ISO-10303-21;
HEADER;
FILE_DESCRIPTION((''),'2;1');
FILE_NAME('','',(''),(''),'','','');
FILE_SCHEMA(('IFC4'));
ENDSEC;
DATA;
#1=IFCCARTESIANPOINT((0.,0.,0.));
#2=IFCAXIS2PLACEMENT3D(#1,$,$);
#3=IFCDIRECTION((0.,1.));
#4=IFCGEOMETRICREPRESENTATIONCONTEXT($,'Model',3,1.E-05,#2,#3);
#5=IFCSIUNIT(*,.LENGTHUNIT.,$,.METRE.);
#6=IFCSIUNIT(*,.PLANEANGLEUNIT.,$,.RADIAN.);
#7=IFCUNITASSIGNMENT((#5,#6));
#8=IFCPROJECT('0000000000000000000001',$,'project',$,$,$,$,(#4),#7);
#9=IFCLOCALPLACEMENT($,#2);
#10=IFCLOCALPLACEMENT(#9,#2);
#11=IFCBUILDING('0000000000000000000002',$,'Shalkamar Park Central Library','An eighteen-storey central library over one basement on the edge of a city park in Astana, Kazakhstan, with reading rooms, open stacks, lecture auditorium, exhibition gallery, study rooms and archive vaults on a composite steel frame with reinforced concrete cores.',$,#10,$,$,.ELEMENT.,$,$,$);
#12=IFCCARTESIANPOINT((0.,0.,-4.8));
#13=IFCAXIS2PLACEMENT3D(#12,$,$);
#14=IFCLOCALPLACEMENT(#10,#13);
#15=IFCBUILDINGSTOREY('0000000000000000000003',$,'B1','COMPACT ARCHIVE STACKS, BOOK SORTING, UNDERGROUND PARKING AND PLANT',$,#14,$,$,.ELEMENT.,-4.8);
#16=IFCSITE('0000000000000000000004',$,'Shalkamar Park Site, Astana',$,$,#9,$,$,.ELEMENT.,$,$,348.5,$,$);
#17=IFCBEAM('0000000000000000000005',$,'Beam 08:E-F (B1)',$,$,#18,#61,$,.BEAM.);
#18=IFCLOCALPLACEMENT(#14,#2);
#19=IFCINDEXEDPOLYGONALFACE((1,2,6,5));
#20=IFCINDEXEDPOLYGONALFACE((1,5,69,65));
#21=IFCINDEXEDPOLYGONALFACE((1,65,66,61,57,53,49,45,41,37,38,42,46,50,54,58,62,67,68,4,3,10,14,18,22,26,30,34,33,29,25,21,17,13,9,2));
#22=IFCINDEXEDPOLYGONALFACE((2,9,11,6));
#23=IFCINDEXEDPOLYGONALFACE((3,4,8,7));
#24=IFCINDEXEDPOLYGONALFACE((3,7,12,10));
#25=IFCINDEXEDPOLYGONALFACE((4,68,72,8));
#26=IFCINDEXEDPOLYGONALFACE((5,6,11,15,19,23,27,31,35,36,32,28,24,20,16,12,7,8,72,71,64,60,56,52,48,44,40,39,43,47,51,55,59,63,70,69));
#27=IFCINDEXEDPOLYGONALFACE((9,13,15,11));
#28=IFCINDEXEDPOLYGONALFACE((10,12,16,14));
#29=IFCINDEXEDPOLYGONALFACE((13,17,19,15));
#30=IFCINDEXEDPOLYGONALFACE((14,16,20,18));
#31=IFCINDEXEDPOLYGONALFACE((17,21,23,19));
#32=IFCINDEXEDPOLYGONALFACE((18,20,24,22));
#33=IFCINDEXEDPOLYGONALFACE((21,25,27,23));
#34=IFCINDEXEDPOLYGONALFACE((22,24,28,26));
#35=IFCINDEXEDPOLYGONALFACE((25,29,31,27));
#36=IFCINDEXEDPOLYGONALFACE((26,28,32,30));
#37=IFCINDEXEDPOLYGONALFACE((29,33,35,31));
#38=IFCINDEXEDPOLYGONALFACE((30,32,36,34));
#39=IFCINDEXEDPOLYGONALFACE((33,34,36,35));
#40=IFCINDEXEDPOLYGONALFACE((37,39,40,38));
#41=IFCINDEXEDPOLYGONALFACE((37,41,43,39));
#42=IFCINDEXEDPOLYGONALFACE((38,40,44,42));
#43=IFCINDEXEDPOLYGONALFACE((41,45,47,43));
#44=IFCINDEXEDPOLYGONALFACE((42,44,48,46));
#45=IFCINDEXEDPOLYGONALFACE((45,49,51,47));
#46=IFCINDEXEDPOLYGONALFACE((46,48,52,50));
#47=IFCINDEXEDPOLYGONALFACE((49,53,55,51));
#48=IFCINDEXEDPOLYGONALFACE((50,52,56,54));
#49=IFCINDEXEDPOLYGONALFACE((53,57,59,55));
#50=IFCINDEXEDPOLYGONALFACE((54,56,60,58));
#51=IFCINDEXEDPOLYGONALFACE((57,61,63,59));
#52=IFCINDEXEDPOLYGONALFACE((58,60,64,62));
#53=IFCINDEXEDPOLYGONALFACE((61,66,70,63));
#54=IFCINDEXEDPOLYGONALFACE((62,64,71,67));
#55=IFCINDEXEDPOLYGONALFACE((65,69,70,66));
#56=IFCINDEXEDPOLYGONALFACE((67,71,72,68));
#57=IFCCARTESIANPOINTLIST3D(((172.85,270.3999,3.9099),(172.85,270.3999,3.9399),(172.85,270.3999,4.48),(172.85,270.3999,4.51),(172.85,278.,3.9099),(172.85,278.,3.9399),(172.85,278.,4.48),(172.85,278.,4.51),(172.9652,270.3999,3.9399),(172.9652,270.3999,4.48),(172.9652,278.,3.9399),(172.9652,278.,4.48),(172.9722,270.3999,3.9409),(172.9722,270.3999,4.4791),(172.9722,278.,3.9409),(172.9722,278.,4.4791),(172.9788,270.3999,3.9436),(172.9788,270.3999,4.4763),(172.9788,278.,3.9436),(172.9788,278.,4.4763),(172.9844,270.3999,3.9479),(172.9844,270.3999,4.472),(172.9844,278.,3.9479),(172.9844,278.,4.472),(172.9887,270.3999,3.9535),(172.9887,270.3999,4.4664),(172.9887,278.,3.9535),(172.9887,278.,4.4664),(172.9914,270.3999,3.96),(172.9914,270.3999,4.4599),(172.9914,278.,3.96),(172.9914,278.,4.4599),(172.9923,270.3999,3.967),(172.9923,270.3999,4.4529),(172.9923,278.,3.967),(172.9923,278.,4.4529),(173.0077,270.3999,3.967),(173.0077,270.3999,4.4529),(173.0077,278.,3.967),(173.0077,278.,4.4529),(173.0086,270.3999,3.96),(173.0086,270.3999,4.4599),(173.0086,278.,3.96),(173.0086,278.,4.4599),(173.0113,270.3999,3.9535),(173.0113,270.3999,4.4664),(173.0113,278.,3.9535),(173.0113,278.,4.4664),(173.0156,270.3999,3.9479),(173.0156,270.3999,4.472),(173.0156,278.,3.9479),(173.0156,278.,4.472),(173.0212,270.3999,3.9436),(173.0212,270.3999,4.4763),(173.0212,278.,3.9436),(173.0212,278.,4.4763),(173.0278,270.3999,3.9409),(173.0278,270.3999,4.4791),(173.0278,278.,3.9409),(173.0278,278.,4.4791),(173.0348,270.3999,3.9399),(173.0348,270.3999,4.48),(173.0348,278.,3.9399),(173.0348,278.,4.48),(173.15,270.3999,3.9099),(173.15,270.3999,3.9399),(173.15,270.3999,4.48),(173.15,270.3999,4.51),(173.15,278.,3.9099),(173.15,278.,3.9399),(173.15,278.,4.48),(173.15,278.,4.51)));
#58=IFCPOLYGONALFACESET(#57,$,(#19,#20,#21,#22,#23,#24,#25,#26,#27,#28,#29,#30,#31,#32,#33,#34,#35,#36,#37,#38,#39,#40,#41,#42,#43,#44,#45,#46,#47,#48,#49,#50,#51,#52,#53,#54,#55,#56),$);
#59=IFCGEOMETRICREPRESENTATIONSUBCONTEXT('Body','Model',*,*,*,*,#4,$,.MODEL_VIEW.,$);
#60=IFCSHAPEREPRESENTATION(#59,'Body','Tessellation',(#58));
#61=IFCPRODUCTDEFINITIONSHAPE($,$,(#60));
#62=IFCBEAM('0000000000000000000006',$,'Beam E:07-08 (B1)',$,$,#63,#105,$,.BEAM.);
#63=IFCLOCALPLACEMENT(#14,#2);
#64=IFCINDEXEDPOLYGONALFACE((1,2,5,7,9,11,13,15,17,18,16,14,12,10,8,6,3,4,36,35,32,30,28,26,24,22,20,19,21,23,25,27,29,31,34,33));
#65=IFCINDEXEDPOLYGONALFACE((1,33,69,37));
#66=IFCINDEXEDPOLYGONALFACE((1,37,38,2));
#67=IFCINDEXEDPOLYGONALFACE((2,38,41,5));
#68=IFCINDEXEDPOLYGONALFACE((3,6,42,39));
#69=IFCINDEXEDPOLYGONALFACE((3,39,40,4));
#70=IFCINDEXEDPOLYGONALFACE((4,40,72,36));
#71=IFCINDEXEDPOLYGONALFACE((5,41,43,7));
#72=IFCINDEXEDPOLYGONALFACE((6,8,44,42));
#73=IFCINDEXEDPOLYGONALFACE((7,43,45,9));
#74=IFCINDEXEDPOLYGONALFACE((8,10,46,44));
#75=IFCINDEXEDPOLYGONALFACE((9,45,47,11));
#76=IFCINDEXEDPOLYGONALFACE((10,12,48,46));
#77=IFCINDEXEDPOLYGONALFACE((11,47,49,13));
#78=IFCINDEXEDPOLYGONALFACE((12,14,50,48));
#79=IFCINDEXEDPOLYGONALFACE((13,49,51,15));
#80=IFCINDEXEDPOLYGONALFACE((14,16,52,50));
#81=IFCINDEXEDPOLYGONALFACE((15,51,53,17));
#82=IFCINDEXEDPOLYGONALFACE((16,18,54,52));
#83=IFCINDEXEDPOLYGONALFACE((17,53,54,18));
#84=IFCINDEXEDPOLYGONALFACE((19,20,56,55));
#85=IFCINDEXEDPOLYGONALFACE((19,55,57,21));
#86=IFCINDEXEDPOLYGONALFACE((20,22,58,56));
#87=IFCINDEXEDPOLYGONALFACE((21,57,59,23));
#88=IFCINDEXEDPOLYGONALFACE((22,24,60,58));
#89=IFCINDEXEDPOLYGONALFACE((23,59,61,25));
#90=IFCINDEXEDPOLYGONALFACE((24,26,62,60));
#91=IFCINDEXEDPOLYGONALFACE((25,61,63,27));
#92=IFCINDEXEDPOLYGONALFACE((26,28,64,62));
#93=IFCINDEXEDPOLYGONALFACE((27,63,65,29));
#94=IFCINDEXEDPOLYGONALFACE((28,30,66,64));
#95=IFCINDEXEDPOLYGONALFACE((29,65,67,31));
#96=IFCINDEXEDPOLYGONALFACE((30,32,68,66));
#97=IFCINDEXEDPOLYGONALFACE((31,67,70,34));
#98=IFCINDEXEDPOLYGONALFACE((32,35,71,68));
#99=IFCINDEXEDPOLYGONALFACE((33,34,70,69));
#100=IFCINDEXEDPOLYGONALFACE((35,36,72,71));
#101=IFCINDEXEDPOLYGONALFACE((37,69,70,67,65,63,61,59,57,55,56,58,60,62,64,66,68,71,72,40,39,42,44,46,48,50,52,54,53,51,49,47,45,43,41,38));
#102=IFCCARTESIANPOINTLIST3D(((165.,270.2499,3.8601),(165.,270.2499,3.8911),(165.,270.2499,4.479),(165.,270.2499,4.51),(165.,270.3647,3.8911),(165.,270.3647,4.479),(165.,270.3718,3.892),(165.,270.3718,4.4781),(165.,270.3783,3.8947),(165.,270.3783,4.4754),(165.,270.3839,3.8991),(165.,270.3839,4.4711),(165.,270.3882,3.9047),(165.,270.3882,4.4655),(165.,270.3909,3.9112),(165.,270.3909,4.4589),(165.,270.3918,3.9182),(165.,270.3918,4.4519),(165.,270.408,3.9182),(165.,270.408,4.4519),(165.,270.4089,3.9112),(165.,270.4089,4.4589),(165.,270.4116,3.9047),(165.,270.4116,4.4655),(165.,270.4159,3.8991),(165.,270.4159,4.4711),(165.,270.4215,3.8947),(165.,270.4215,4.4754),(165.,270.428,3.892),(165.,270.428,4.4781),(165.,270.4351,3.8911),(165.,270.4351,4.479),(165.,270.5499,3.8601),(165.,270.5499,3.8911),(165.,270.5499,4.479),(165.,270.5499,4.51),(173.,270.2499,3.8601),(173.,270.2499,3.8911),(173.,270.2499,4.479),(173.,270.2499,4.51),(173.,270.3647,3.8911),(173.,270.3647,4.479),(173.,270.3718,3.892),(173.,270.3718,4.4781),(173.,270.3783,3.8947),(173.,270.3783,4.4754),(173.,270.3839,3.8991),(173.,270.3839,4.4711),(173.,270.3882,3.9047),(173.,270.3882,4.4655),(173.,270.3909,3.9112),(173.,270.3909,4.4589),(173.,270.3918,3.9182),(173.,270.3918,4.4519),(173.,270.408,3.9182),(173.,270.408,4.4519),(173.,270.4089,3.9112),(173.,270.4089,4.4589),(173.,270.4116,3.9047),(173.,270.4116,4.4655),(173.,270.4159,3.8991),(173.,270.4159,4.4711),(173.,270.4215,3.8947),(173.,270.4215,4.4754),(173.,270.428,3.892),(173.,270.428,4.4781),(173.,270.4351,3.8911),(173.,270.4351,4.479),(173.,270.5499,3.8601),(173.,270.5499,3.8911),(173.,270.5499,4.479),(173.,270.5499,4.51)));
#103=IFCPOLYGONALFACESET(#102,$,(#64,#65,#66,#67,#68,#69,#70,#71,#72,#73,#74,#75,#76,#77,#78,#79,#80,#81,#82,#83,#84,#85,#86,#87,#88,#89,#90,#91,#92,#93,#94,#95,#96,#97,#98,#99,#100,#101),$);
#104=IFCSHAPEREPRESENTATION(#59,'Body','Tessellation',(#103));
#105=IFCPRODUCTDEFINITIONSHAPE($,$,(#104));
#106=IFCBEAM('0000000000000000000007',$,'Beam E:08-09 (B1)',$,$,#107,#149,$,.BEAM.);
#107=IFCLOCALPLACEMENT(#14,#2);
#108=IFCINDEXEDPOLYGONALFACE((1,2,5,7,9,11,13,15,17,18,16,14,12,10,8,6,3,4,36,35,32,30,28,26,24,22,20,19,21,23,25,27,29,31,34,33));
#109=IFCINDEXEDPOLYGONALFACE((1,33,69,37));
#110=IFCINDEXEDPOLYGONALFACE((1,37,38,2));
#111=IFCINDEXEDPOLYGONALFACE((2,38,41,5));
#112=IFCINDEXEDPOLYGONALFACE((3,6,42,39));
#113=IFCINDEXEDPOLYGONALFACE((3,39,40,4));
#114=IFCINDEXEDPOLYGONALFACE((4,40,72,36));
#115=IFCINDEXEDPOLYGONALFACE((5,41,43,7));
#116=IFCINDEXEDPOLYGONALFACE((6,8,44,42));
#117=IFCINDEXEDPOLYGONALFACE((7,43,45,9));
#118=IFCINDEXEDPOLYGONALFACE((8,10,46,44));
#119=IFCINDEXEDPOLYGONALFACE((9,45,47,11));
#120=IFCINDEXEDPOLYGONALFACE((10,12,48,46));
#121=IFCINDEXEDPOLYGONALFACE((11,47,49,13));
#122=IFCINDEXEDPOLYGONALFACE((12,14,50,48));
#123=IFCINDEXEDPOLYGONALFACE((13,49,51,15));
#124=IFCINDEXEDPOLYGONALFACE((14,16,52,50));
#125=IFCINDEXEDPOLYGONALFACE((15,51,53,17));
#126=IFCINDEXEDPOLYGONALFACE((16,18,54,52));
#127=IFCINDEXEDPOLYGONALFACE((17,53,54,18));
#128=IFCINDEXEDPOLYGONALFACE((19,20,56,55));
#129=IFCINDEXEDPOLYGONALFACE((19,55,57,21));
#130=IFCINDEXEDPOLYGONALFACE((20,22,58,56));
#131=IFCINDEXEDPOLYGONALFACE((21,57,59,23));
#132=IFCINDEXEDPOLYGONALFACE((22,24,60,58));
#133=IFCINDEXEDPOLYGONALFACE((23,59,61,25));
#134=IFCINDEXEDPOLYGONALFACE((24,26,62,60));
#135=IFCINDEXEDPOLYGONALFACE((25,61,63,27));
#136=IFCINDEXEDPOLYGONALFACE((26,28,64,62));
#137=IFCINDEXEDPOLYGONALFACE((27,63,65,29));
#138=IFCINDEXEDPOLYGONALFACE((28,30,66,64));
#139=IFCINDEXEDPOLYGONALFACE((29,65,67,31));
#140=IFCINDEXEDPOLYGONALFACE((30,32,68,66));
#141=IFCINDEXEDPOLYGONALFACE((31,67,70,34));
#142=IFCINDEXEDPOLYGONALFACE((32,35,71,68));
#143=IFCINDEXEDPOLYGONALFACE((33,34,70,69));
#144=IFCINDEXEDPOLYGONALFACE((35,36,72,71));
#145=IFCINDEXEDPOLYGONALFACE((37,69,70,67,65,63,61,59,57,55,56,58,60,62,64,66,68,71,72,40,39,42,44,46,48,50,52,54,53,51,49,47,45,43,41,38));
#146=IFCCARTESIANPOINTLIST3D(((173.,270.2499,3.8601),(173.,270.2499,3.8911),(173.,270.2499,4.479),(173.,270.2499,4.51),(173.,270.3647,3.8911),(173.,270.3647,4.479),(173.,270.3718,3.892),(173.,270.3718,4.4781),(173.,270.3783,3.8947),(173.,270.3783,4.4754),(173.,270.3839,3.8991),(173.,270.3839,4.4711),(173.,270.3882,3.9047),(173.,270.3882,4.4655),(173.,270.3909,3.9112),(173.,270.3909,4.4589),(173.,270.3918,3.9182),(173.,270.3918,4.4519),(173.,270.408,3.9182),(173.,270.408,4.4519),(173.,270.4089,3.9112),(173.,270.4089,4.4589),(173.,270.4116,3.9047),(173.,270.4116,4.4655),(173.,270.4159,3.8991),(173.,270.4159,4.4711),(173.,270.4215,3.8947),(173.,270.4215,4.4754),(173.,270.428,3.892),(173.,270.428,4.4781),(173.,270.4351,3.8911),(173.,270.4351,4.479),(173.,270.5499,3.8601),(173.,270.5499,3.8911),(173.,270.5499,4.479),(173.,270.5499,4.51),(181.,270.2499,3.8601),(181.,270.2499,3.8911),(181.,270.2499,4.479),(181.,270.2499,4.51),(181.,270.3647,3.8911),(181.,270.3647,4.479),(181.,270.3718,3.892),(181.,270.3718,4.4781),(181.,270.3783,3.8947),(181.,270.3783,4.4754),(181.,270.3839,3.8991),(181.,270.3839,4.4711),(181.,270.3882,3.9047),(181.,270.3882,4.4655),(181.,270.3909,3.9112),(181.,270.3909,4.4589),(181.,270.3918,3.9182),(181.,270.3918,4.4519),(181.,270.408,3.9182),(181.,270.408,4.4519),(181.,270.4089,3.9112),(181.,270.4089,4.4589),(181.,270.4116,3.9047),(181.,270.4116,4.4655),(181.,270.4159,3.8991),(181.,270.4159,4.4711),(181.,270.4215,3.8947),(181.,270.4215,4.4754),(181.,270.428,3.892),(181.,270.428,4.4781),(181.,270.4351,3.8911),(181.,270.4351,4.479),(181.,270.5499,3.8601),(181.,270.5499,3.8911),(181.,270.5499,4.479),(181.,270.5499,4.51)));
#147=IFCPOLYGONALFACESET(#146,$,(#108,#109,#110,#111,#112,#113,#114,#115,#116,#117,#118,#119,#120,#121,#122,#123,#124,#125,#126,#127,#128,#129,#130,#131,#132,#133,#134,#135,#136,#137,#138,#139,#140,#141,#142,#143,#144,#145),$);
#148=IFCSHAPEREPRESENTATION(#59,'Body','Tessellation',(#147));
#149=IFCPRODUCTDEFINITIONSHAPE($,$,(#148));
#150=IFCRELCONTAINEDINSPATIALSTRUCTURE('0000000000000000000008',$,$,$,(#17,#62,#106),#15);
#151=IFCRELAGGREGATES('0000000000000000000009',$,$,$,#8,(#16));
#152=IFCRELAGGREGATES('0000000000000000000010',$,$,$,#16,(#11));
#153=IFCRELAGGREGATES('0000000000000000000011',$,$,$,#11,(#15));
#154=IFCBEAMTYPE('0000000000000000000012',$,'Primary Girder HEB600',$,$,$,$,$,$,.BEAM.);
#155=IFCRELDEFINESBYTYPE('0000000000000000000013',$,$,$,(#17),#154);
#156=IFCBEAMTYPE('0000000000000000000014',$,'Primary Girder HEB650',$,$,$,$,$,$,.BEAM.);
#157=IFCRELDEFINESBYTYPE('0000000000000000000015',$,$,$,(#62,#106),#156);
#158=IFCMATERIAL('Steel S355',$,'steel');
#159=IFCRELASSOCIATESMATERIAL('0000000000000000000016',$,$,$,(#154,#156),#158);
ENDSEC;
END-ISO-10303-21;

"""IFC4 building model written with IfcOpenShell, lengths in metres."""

from ifc_helpers import new_model, si_unit, direction, frame, origin, origin_2d, place, context, subcontext, project, spatial, i_section, extrude, material, material_profile, profile_set, type_object, element, save


model = new_model("IFC4")

# Units and contexts
model_context = context("Model", 3, precision=1e-05, world=origin(), true_north=direction((0.0, 1.0)))
body_context = subcontext(model_context, "Body", "Model", "MODEL_VIEW")
ifc_project = project(units=[si_unit("LENGTHUNIT", "METRE"), si_unit("PLANEANGLEUNIT", "RADIAN")], contexts=[model_context])

# Site, building, storey
site_placement = place(None, origin())
site = spatial("IfcSite", under=ifc_project, at=site_placement, Name="Shalkamar Park Site, Astana", CompositionType="ELEMENT", RefElevation=348.5)
building_placement = place(site_placement, origin())
building = spatial("IfcBuilding", under=site, at=building_placement, Name="Shalkamar Park Central Library", Description="An eighteen-storey central library over one basement on the edge of a city park in Astana, Kazakhstan, with reading rooms, open stacks, lecture auditorium, exhibition gallery, study rooms and archive vaults on a composite steel frame with reinforced concrete cores.", CompositionType="ELEMENT")
storey_placement = place(building_placement, frame((0.0, 0.0, -4.8)))
storey = spatial("IfcBuildingStorey", under=building, at=storey_placement, Name="B1", Description="COMPACT ARCHIVE STACKS, BOOK SORTING, UNDERGROUND PARKING AND PLANT", CompositionType="ELEMENT", Elevation=-4.8)

# Shared definitions
ifc_material_1 = material(Name="Steel S355", Category="steel")

# Beams
ifc_material_profile_1 = material_profile(ifc_material_1, i_section(OverallWidth=0.3, OverallDepth=0.6001, WebThickness=0.0154, FlangeThickness=0.03, FilletRadius=0.0271, at=origin_2d()), Name="HEB 600")
ifc_profile_set_1 = profile_set([ifc_material_profile_1], Name="Steel S355")
beam_type_1 = type_object("IfcBeamType", Name="Primary Girder HEB600", PredefinedType="BEAM", material=ifc_profile_set_1)
for number, where, z_axis, x_axis, name in (
    (1, (173.0, 270.3999, 4.21), (0.0, 1.0, 0.0), (-1.0, 0.0, 0.0), "Beam 08:E-F (B1)"),
):
    element("IfcBeam", number, at=place(storey_placement, frame(where, z_axis=z_axis, x_axis=x_axis)), inside=storey, type_object=beam_type_1, Name=name, PredefinedType="BEAM", context=body_context, shape_type="SweptSolid", body=[
        extrude(i_section(OverallWidth=0.3, OverallDepth=0.6001, WebThickness=0.0154, FlangeThickness=0.03, FilletRadius=0.0271, at=origin_2d()), origin(), (0.0, 0.0, 1.0), 7.6001),
    ])
ifc_material_profile_2 = material_profile(ifc_material_1, i_section(OverallWidth=0.3, OverallDepth=0.6499, WebThickness=0.0161, FlangeThickness=0.031, FilletRadius=0.0271, at=origin_2d()), Name="HEB 650")
ifc_profile_set_2 = profile_set([ifc_material_profile_2], Name="Steel S355")
beam_type_2 = type_object("IfcBeamType", Name="Primary Girder HEB650", PredefinedType="BEAM", material=ifc_profile_set_2)
for number, where, z_axis, x_axis, name in (
    (2, (165.0, 270.3999, 4.1851), (1.0, 0.0, 0.0), (0.0, 1.0, 0.0), "Beam E:07-08 (B1)"),
    (3, (173.0, 270.3999, 4.1851), (1.0, 0.0, 0.0), (0.0, 1.0, 0.0), "Beam E:08-09 (B1)"),
):
    element("IfcBeam", number, at=place(storey_placement, frame(where, z_axis=z_axis, x_axis=x_axis)), inside=storey, type_object=beam_type_2, Name=name, PredefinedType="BEAM", context=body_context, shape_type="SweptSolid", body=[
        extrude(i_section(OverallWidth=0.3, OverallDepth=0.6499, WebThickness=0.0161, FlangeThickness=0.031, FilletRadius=0.0271, at=origin_2d()), origin(), (0.0, 0.0, 1.0), 8.0),
    ])

save(model, "model.ifc")
